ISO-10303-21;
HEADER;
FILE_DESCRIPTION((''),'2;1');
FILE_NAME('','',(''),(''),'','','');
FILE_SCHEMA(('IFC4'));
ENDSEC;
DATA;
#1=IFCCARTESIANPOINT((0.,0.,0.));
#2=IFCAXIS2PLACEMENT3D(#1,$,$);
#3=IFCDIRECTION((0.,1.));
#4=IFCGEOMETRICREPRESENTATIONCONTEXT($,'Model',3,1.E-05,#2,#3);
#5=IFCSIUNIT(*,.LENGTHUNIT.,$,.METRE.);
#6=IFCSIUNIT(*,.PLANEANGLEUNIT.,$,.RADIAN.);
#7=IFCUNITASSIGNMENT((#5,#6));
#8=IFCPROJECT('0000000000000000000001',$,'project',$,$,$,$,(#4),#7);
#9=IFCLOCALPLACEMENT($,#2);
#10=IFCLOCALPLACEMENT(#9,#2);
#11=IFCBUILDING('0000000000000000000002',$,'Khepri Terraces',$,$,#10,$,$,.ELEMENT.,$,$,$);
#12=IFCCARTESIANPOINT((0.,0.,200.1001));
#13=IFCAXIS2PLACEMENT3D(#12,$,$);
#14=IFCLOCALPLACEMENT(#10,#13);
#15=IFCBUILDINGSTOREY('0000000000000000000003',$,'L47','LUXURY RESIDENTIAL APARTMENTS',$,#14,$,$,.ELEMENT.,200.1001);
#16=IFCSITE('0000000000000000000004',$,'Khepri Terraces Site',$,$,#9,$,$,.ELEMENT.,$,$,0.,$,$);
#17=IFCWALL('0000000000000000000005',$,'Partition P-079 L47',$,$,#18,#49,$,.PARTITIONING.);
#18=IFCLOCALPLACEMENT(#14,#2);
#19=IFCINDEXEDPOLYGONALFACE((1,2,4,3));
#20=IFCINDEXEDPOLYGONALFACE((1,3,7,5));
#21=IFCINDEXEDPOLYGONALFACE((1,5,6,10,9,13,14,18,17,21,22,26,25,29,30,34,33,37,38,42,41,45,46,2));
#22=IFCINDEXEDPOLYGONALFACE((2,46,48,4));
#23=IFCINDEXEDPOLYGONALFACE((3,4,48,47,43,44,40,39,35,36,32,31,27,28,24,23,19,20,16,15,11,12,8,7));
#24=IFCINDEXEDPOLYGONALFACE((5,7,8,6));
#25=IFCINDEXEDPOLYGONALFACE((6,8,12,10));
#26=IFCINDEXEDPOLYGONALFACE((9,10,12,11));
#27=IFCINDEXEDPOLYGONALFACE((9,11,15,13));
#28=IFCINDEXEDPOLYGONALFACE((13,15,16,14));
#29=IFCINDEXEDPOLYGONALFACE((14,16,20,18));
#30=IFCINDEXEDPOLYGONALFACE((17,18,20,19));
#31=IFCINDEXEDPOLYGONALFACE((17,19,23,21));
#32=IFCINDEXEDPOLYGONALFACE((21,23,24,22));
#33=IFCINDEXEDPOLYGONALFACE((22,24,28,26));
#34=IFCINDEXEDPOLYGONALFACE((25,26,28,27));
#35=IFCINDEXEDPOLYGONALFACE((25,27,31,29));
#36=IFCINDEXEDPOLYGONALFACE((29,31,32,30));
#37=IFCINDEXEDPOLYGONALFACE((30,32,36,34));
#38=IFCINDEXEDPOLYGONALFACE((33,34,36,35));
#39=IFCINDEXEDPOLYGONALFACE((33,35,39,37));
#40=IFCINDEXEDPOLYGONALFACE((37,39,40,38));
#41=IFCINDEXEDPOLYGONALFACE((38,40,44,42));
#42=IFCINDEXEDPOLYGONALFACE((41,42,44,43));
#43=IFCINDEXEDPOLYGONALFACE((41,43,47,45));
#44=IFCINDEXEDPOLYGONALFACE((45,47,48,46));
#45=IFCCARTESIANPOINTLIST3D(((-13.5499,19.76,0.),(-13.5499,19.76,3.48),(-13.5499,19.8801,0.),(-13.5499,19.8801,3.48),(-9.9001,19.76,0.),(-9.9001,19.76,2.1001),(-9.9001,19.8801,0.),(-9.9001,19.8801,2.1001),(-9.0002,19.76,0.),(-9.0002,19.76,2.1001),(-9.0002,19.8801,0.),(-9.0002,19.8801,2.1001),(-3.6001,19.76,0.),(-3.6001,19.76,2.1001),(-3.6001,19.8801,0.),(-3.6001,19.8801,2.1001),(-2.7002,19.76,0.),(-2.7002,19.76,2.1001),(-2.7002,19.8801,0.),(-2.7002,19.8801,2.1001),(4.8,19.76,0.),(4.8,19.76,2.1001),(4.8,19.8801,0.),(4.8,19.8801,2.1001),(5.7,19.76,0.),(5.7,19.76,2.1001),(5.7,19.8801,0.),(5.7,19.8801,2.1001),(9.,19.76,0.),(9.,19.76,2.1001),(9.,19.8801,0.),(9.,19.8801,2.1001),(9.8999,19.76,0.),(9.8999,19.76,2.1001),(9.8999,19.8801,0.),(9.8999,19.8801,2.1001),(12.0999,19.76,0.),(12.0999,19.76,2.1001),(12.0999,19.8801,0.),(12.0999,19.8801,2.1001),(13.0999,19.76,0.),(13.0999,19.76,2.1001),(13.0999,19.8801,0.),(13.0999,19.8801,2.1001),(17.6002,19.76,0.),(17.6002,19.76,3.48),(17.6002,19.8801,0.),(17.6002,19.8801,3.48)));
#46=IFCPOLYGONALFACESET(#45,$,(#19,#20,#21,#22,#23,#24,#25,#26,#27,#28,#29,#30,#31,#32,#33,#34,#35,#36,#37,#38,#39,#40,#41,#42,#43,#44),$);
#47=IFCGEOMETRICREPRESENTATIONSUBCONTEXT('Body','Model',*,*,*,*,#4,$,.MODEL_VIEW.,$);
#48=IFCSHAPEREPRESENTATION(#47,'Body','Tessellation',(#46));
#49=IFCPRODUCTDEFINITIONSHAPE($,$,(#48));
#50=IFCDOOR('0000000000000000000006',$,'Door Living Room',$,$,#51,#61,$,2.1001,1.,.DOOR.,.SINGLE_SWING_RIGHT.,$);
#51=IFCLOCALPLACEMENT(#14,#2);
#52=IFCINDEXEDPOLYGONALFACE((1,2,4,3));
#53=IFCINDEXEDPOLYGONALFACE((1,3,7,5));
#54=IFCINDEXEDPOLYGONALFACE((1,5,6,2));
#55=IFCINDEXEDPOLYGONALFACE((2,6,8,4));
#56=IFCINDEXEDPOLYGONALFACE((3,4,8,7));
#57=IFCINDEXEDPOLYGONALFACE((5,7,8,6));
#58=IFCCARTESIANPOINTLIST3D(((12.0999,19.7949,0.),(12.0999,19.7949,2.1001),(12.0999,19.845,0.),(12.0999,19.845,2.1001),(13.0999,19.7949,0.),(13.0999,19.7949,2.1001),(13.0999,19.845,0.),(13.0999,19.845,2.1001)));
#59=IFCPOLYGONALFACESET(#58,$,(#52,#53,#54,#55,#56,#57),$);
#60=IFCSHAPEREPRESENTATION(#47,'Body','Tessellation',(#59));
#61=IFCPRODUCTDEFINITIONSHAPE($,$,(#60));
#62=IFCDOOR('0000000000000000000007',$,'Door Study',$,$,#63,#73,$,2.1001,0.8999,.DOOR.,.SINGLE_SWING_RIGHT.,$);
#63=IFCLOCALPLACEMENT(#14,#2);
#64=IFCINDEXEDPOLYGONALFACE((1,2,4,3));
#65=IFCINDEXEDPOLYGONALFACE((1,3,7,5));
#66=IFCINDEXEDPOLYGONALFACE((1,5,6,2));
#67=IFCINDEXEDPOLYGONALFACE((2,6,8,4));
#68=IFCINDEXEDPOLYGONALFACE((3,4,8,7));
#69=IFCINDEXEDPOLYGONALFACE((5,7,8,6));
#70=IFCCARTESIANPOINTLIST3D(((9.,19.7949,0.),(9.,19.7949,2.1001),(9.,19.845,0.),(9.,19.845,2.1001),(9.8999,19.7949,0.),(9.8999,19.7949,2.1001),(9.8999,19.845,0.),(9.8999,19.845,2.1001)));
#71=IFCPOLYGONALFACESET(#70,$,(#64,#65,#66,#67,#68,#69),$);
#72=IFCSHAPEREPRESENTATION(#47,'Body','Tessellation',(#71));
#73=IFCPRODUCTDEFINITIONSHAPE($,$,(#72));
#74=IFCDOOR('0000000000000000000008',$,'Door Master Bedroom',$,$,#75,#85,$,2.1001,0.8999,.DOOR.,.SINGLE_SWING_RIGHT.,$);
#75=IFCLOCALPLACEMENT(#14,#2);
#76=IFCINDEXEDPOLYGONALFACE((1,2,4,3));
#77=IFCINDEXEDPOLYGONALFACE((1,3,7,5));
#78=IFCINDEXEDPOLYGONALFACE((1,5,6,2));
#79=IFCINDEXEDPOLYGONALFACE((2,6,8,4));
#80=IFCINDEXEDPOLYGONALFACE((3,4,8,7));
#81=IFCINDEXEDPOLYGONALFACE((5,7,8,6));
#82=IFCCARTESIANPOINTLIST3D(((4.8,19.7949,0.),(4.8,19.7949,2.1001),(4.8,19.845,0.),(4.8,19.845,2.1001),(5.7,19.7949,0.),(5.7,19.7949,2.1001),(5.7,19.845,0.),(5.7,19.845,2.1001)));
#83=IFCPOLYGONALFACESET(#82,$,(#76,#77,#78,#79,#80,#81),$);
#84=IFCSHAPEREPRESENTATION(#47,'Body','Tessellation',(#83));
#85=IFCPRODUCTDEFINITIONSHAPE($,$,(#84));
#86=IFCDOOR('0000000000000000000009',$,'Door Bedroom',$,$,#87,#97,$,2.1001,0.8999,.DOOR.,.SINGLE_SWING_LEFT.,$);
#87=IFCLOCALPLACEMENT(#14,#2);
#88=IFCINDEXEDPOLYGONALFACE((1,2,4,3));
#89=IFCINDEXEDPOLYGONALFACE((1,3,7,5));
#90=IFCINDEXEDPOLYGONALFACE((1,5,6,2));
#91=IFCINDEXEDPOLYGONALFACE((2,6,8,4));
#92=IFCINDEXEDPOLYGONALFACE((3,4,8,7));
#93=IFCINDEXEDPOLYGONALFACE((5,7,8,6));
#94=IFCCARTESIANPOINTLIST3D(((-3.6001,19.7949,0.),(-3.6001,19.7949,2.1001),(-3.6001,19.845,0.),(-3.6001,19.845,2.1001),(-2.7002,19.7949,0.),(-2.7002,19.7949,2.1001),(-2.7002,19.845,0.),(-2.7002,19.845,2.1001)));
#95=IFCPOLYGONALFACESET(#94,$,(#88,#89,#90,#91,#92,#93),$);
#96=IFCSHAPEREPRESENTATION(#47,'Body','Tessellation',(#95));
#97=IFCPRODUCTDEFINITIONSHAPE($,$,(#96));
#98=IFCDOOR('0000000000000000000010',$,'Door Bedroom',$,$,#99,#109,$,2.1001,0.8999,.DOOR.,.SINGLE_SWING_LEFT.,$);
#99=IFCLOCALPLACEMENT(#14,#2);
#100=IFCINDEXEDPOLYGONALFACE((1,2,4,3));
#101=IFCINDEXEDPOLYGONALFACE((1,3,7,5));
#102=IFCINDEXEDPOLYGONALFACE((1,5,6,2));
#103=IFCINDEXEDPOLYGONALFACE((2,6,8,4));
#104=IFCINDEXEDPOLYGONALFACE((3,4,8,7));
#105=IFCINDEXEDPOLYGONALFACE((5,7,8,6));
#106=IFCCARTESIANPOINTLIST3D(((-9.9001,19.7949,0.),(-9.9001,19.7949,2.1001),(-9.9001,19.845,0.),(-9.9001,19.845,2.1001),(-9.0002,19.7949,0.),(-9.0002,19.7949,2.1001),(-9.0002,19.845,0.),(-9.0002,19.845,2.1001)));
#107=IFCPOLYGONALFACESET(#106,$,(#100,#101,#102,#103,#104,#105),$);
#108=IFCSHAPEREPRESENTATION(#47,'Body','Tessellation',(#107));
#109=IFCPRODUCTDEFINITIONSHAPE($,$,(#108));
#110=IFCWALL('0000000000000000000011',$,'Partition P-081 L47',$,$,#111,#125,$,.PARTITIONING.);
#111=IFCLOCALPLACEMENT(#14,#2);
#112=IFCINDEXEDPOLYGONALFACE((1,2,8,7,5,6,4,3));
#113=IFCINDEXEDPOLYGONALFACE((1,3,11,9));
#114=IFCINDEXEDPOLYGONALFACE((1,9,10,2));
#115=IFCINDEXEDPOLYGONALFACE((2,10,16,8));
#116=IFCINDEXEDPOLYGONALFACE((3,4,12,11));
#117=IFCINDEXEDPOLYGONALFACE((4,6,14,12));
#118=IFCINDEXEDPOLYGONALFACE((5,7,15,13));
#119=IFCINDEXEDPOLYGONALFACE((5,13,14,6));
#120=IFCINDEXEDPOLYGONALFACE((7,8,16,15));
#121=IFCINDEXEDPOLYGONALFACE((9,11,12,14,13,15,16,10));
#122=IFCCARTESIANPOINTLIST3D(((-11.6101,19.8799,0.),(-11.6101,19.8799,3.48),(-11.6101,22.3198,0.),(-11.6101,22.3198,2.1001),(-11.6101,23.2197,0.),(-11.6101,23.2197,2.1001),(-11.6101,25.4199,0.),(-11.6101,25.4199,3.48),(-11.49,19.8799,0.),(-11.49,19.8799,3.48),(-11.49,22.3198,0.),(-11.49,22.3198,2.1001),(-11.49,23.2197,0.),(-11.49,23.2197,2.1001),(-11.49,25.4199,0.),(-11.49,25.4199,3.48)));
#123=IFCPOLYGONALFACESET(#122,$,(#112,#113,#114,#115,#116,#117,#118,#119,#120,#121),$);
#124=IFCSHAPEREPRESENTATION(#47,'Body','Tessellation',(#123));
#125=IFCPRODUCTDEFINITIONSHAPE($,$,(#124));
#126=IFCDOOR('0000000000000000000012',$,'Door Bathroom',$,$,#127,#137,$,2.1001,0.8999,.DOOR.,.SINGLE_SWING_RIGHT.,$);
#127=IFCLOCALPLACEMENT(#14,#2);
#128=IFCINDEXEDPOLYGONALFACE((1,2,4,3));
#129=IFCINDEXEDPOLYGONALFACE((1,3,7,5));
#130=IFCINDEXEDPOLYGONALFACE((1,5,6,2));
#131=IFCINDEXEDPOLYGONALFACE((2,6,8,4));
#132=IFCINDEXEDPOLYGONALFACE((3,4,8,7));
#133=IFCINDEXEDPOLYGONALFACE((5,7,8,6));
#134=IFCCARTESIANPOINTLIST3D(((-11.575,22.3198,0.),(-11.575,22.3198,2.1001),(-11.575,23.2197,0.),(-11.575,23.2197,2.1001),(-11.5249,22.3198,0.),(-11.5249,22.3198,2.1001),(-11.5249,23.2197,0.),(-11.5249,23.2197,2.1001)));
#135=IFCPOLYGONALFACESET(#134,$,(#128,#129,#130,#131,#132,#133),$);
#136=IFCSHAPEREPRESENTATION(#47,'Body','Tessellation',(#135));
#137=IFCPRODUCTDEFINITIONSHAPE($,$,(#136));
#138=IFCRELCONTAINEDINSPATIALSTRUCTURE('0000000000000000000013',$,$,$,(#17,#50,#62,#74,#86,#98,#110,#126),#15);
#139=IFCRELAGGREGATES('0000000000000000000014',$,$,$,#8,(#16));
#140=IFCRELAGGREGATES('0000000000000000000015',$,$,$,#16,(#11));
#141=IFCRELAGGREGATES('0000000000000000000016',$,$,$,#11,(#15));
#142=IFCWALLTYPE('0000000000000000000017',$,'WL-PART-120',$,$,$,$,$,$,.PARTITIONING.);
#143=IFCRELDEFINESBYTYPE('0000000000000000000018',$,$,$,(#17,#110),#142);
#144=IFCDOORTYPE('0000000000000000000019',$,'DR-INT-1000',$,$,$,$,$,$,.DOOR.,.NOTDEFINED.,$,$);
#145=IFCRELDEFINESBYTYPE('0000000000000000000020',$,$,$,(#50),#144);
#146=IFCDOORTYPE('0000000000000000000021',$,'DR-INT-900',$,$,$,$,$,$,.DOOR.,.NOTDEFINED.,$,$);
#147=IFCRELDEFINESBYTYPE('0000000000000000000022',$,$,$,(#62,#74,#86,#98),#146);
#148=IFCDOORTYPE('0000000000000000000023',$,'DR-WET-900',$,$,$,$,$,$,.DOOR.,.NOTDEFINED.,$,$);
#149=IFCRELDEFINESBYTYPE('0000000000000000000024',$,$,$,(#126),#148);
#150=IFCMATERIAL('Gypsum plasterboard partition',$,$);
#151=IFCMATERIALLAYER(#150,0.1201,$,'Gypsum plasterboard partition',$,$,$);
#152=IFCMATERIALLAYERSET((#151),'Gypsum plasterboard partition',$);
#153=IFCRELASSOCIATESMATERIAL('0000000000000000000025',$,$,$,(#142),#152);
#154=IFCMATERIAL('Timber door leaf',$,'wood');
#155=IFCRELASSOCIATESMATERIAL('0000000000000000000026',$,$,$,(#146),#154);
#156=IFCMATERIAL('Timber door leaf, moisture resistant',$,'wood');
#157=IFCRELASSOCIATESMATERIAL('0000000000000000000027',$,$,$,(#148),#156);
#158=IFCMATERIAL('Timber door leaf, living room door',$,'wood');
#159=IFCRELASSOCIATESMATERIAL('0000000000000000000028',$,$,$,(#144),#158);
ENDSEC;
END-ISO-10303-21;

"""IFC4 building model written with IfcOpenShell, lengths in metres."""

from ifc_helpers import new_model, si_unit, direction, frame, frame_2d, origin, place, context, subcontext, project, spatial, rectangle, extrude, material, layer, layer_set, type_object, element, fill, save


model = new_model("IFC4")

# Units and contexts
model_context = context("Model", 3, precision=1e-05, world=origin(), true_north=direction((0.0, 1.0)))
body_context = subcontext(model_context, "Body", "Model", "MODEL_VIEW")
ifc_project = project(units=[si_unit("LENGTHUNIT", "METRE"), si_unit("PLANEANGLEUNIT", "RADIAN")], contexts=[model_context])

# Site, building, storey
site_placement = place(None, origin())
site = spatial("IfcSite", under=ifc_project, at=site_placement, Name="Khepri Terraces Site", CompositionType="ELEMENT", RefElevation=0.0)
building_placement = place(site_placement, origin())
building = spatial("IfcBuilding", under=site, at=building_placement, Name="Khepri Terraces", CompositionType="ELEMENT")
storey_placement = place(building_placement, frame((0.0, 0.0, 200.1001)))
storey = spatial("IfcBuildingStorey", under=building, at=storey_placement, Name="L47", Description="LUXURY RESIDENTIAL APARTMENTS", CompositionType="ELEMENT", Elevation=200.1001)

# Shared definitions
ifc_material_1 = material(Name="Gypsum plasterboard partition")
ifc_layer_1 = layer(ifc_material_1, 0.1201, Name="Gypsum plasterboard partition")
ifc_layer_set_1 = layer_set([ifc_layer_1], Name="Gypsum plasterboard partition")
wall_type_1 = type_object("IfcWallType", Name="WL-PART-120", PredefinedType="PARTITIONING", material=ifc_layer_set_1)

# Wall, openings, doors
ifc_material_2 = material(Name="Timber door leaf", Category="wood")
door_type_1 = type_object("IfcDoorType", Name="DR-INT-900", OperationType="NOTDEFINED", PredefinedType="DOOR", material=ifc_material_2)
ifc_material_3 = material(Name="Timber door leaf, moisture resistant", Category="wood")
door_type_2 = type_object("IfcDoorType", Name="DR-WET-900", OperationType="NOTDEFINED", PredefinedType="DOOR", material=ifc_material_3)
wall_1_placement = place(storey_placement, frame((-13.55, 19.8201, 0.0), z_axis=(0.0, 0.0, 1.0), x_axis=(1.0, 0.0, 0.0)))
wall_1 = element("IfcWall", 1, at=wall_1_placement, inside=storey, type_object=wall_type_1, Name="Partition P-079 L47", PredefinedType="PARTITIONING", context=body_context, shape_type="SweptSolid", body=[
    extrude(rectangle(XDim=31.1501, YDim=0.1201, at=frame_2d((15.5752, 0.0))), origin(), (0.0, 0.0, 1.0), 3.48),
])
opening_1_placement = place(wall_1_placement, frame((25.6499, 0.0, 0.0)))
opening_1 = element("IfcOpeningElement", 2, at=opening_1_placement, cuts=wall_1, PredefinedType="OPENING", context=body_context, shape_type="SweptSolid", body=[
    extrude(rectangle(XDim=1.0, YDim=2.1001, at=frame_2d((0.5, 1.05))), frame((0.0, 0.0701, 0.0), z_axis=(0.0, -1.0, 0.0), x_axis=(1.0, 0.0, 0.0)), (0.0, 0.0, 1.0), 0.1401),
])
opening_2_placement = place(wall_1_placement, frame((22.55, 0.0, 0.0)))
opening_2 = element("IfcOpeningElement", 3, at=opening_2_placement, cuts=wall_1, PredefinedType="OPENING", context=body_context, shape_type="SweptSolid", body=[
    extrude(rectangle(XDim=0.8999, YDim=2.1001, at=frame_2d((0.45, 1.05))), frame((0.0, 0.0701, 0.0), z_axis=(0.0, -1.0, 0.0), x_axis=(1.0, 0.0, 0.0)), (0.0, 0.0, 1.0), 0.1401),
])
opening_3_placement = place(wall_1_placement, frame((18.3501, 0.0, 0.0)))
opening_3 = element("IfcOpeningElement", 4, at=opening_3_placement, cuts=wall_1, PredefinedType="OPENING", context=body_context, shape_type="SweptSolid", body=[
    extrude(rectangle(XDim=0.8999, YDim=2.1001, at=frame_2d((0.45, 1.05))), frame((0.0, 0.0701, 0.0), z_axis=(0.0, -1.0, 0.0), x_axis=(1.0, 0.0, 0.0)), (0.0, 0.0, 1.0), 0.1401),
])
opening_4_placement = place(wall_1_placement, frame((9.95, 0.0, 0.0)))
opening_4 = element("IfcOpeningElement", 5, at=opening_4_placement, cuts=wall_1, PredefinedType="OPENING", context=body_context, shape_type="SweptSolid", body=[
    extrude(rectangle(XDim=0.8999, YDim=2.1001, at=frame_2d((0.45, 1.05))), frame((0.0, 0.0701, 0.0), z_axis=(0.0, -1.0, 0.0), x_axis=(1.0, 0.0, 0.0)), (0.0, 0.0, 1.0), 0.1401),
])
opening_5_placement = place(wall_1_placement, frame((3.6499, 0.0, 0.0)))
opening_5 = element("IfcOpeningElement", 6, at=opening_5_placement, cuts=wall_1, PredefinedType="OPENING", context=body_context, shape_type="SweptSolid", body=[
    extrude(rectangle(XDim=0.8999, YDim=2.1001, at=frame_2d((0.45, 1.05))), frame((0.0, 0.0701, 0.0), z_axis=(0.0, -1.0, 0.0), x_axis=(1.0, 0.0, 0.0)), (0.0, 0.0, 1.0), 0.1401),
])
ifc_material_4 = material(Name="Timber door leaf, living room door", Category="wood")
door_type_3 = type_object("IfcDoorType", Name="DR-INT-1000", OperationType="NOTDEFINED", PredefinedType="DOOR", material=ifc_material_4)
door_1_placement = place(opening_1_placement, origin())
door_1 = element("IfcDoor", 7, at=door_1_placement, inside=storey, type_object=door_type_3, Name="Door Living Room", OperationType="SINGLE_SWING_RIGHT", OverallHeight=2.1001, OverallWidth=1.0, PredefinedType="DOOR", context=body_context, shape_type="SweptSolid", body=[
    extrude(rectangle(XDim=1.0, YDim=2.1001, at=frame_2d((0.5, 1.05))), frame((0.0, 0.0249, 0.0), z_axis=(0.0, -1.0, 0.0), x_axis=(1.0, 0.0, 0.0)), (0.0, 0.0, 1.0), 0.05),
])
fill(opening_1, door_1)
door_2_placement = place(opening_2_placement, origin())
door_2 = element("IfcDoor", 8, at=door_2_placement, inside=storey, type_object=door_type_1, Name="Door Study", OperationType="SINGLE_SWING_RIGHT", OverallHeight=2.1001, OverallWidth=0.8999, PredefinedType="DOOR", context=body_context, shape_type="SweptSolid", body=[
    extrude(rectangle(XDim=0.8999, YDim=2.1001, at=frame_2d((0.45, 1.05))), frame((0.0, 0.0249, 0.0), z_axis=(0.0, -1.0, 0.0), x_axis=(1.0, 0.0, 0.0)), (0.0, 0.0, 1.0), 0.05),
])
fill(opening_2, door_2)
door_3_placement = place(opening_3_placement, origin())
door_3 = element("IfcDoor", 9, at=door_3_placement, inside=storey, type_object=door_type_1, Name="Door Master Bedroom", OperationType="SINGLE_SWING_RIGHT", OverallHeight=2.1001, OverallWidth=0.8999, PredefinedType="DOOR", context=body_context, shape_type="SweptSolid", body=[
    extrude(rectangle(XDim=0.8999, YDim=2.1001, at=frame_2d((0.45, 1.05))), frame((0.0, 0.0249, 0.0), z_axis=(0.0, -1.0, 0.0), x_axis=(1.0, 0.0, 0.0)), (0.0, 0.0, 1.0), 0.05),
])
fill(opening_3, door_3)
door_4_placement = place(opening_4_placement, origin())
door_4 = element("IfcDoor", 10, at=door_4_placement, inside=storey, type_object=door_type_1, Name="Door Bedroom", OperationType="SINGLE_SWING_LEFT", OverallHeight=2.1001, OverallWidth=0.8999, PredefinedType="DOOR", context=body_context, shape_type="SweptSolid", body=[
    extrude(rectangle(XDim=0.8999, YDim=2.1001, at=frame_2d((0.45, 1.05))), frame((0.0, 0.0249, 0.0), z_axis=(0.0, -1.0, 0.0), x_axis=(1.0, 0.0, 0.0)), (0.0, 0.0, 1.0), 0.05),
])
fill(opening_4, door_4)
door_5_placement = place(opening_5_placement, origin())
door_5 = element("IfcDoor", 11, at=door_5_placement, inside=storey, type_object=door_type_1, Name="Door Bedroom", OperationType="SINGLE_SWING_LEFT", OverallHeight=2.1001, OverallWidth=0.8999, PredefinedType="DOOR", context=body_context, shape_type="SweptSolid", body=[
    extrude(rectangle(XDim=0.8999, YDim=2.1001, at=frame_2d((0.45, 1.05))), frame((0.0, 0.0249, 0.0), z_axis=(0.0, -1.0, 0.0), x_axis=(1.0, 0.0, 0.0)), (0.0, 0.0, 1.0), 0.05),
])
fill(opening_5, door_5)

# Wall, opening, door
wall_2_placement = place(storey_placement, frame((-11.55, 19.8799, 0.0), z_axis=(0.0, 0.0, 1.0), x_axis=(0.0, 1.0, 0.0)))
wall_2 = element("IfcWall", 12, at=wall_2_placement, inside=storey, type_object=wall_type_1, Name="Partition P-081 L47", PredefinedType="PARTITIONING", context=body_context, shape_type="SweptSolid", body=[
    extrude(rectangle(XDim=5.54, YDim=0.1201, at=frame_2d((2.77, 0.0))), origin(), (0.0, 0.0, 1.0), 3.48),
])
opening_6_placement = place(wall_2_placement, frame((2.4399, 0.0, 0.0)))
opening_6 = element("IfcOpeningElement", 13, at=opening_6_placement, cuts=wall_2, PredefinedType="OPENING", context=body_context, shape_type="SweptSolid", body=[
    extrude(rectangle(XDim=0.8999, YDim=2.1001, at=frame_2d((0.45, 1.05))), frame((0.0, 0.0701, 0.0), z_axis=(0.0, -1.0, 0.0), x_axis=(1.0, 0.0, 0.0)), (0.0, 0.0, 1.0), 0.1401),
])
door_6_placement = place(opening_6_placement, origin())
door_6 = element("IfcDoor", 14, at=door_6_placement, inside=storey, type_object=door_type_2, Name="Door Bathroom", OperationType="SINGLE_SWING_RIGHT", OverallHeight=2.1001, OverallWidth=0.8999, PredefinedType="DOOR", context=body_context, shape_type="SweptSolid", body=[
    extrude(rectangle(XDim=0.8999, YDim=2.1001, at=frame_2d((0.45, 1.05))), frame((0.0, 0.0249, 0.0), z_axis=(0.0, -1.0, 0.0), x_axis=(1.0, 0.0, 0.0)), (0.0, 0.0, 1.0), 0.05),
])
fill(opening_6, door_6)

save(model, "model.ifc")
